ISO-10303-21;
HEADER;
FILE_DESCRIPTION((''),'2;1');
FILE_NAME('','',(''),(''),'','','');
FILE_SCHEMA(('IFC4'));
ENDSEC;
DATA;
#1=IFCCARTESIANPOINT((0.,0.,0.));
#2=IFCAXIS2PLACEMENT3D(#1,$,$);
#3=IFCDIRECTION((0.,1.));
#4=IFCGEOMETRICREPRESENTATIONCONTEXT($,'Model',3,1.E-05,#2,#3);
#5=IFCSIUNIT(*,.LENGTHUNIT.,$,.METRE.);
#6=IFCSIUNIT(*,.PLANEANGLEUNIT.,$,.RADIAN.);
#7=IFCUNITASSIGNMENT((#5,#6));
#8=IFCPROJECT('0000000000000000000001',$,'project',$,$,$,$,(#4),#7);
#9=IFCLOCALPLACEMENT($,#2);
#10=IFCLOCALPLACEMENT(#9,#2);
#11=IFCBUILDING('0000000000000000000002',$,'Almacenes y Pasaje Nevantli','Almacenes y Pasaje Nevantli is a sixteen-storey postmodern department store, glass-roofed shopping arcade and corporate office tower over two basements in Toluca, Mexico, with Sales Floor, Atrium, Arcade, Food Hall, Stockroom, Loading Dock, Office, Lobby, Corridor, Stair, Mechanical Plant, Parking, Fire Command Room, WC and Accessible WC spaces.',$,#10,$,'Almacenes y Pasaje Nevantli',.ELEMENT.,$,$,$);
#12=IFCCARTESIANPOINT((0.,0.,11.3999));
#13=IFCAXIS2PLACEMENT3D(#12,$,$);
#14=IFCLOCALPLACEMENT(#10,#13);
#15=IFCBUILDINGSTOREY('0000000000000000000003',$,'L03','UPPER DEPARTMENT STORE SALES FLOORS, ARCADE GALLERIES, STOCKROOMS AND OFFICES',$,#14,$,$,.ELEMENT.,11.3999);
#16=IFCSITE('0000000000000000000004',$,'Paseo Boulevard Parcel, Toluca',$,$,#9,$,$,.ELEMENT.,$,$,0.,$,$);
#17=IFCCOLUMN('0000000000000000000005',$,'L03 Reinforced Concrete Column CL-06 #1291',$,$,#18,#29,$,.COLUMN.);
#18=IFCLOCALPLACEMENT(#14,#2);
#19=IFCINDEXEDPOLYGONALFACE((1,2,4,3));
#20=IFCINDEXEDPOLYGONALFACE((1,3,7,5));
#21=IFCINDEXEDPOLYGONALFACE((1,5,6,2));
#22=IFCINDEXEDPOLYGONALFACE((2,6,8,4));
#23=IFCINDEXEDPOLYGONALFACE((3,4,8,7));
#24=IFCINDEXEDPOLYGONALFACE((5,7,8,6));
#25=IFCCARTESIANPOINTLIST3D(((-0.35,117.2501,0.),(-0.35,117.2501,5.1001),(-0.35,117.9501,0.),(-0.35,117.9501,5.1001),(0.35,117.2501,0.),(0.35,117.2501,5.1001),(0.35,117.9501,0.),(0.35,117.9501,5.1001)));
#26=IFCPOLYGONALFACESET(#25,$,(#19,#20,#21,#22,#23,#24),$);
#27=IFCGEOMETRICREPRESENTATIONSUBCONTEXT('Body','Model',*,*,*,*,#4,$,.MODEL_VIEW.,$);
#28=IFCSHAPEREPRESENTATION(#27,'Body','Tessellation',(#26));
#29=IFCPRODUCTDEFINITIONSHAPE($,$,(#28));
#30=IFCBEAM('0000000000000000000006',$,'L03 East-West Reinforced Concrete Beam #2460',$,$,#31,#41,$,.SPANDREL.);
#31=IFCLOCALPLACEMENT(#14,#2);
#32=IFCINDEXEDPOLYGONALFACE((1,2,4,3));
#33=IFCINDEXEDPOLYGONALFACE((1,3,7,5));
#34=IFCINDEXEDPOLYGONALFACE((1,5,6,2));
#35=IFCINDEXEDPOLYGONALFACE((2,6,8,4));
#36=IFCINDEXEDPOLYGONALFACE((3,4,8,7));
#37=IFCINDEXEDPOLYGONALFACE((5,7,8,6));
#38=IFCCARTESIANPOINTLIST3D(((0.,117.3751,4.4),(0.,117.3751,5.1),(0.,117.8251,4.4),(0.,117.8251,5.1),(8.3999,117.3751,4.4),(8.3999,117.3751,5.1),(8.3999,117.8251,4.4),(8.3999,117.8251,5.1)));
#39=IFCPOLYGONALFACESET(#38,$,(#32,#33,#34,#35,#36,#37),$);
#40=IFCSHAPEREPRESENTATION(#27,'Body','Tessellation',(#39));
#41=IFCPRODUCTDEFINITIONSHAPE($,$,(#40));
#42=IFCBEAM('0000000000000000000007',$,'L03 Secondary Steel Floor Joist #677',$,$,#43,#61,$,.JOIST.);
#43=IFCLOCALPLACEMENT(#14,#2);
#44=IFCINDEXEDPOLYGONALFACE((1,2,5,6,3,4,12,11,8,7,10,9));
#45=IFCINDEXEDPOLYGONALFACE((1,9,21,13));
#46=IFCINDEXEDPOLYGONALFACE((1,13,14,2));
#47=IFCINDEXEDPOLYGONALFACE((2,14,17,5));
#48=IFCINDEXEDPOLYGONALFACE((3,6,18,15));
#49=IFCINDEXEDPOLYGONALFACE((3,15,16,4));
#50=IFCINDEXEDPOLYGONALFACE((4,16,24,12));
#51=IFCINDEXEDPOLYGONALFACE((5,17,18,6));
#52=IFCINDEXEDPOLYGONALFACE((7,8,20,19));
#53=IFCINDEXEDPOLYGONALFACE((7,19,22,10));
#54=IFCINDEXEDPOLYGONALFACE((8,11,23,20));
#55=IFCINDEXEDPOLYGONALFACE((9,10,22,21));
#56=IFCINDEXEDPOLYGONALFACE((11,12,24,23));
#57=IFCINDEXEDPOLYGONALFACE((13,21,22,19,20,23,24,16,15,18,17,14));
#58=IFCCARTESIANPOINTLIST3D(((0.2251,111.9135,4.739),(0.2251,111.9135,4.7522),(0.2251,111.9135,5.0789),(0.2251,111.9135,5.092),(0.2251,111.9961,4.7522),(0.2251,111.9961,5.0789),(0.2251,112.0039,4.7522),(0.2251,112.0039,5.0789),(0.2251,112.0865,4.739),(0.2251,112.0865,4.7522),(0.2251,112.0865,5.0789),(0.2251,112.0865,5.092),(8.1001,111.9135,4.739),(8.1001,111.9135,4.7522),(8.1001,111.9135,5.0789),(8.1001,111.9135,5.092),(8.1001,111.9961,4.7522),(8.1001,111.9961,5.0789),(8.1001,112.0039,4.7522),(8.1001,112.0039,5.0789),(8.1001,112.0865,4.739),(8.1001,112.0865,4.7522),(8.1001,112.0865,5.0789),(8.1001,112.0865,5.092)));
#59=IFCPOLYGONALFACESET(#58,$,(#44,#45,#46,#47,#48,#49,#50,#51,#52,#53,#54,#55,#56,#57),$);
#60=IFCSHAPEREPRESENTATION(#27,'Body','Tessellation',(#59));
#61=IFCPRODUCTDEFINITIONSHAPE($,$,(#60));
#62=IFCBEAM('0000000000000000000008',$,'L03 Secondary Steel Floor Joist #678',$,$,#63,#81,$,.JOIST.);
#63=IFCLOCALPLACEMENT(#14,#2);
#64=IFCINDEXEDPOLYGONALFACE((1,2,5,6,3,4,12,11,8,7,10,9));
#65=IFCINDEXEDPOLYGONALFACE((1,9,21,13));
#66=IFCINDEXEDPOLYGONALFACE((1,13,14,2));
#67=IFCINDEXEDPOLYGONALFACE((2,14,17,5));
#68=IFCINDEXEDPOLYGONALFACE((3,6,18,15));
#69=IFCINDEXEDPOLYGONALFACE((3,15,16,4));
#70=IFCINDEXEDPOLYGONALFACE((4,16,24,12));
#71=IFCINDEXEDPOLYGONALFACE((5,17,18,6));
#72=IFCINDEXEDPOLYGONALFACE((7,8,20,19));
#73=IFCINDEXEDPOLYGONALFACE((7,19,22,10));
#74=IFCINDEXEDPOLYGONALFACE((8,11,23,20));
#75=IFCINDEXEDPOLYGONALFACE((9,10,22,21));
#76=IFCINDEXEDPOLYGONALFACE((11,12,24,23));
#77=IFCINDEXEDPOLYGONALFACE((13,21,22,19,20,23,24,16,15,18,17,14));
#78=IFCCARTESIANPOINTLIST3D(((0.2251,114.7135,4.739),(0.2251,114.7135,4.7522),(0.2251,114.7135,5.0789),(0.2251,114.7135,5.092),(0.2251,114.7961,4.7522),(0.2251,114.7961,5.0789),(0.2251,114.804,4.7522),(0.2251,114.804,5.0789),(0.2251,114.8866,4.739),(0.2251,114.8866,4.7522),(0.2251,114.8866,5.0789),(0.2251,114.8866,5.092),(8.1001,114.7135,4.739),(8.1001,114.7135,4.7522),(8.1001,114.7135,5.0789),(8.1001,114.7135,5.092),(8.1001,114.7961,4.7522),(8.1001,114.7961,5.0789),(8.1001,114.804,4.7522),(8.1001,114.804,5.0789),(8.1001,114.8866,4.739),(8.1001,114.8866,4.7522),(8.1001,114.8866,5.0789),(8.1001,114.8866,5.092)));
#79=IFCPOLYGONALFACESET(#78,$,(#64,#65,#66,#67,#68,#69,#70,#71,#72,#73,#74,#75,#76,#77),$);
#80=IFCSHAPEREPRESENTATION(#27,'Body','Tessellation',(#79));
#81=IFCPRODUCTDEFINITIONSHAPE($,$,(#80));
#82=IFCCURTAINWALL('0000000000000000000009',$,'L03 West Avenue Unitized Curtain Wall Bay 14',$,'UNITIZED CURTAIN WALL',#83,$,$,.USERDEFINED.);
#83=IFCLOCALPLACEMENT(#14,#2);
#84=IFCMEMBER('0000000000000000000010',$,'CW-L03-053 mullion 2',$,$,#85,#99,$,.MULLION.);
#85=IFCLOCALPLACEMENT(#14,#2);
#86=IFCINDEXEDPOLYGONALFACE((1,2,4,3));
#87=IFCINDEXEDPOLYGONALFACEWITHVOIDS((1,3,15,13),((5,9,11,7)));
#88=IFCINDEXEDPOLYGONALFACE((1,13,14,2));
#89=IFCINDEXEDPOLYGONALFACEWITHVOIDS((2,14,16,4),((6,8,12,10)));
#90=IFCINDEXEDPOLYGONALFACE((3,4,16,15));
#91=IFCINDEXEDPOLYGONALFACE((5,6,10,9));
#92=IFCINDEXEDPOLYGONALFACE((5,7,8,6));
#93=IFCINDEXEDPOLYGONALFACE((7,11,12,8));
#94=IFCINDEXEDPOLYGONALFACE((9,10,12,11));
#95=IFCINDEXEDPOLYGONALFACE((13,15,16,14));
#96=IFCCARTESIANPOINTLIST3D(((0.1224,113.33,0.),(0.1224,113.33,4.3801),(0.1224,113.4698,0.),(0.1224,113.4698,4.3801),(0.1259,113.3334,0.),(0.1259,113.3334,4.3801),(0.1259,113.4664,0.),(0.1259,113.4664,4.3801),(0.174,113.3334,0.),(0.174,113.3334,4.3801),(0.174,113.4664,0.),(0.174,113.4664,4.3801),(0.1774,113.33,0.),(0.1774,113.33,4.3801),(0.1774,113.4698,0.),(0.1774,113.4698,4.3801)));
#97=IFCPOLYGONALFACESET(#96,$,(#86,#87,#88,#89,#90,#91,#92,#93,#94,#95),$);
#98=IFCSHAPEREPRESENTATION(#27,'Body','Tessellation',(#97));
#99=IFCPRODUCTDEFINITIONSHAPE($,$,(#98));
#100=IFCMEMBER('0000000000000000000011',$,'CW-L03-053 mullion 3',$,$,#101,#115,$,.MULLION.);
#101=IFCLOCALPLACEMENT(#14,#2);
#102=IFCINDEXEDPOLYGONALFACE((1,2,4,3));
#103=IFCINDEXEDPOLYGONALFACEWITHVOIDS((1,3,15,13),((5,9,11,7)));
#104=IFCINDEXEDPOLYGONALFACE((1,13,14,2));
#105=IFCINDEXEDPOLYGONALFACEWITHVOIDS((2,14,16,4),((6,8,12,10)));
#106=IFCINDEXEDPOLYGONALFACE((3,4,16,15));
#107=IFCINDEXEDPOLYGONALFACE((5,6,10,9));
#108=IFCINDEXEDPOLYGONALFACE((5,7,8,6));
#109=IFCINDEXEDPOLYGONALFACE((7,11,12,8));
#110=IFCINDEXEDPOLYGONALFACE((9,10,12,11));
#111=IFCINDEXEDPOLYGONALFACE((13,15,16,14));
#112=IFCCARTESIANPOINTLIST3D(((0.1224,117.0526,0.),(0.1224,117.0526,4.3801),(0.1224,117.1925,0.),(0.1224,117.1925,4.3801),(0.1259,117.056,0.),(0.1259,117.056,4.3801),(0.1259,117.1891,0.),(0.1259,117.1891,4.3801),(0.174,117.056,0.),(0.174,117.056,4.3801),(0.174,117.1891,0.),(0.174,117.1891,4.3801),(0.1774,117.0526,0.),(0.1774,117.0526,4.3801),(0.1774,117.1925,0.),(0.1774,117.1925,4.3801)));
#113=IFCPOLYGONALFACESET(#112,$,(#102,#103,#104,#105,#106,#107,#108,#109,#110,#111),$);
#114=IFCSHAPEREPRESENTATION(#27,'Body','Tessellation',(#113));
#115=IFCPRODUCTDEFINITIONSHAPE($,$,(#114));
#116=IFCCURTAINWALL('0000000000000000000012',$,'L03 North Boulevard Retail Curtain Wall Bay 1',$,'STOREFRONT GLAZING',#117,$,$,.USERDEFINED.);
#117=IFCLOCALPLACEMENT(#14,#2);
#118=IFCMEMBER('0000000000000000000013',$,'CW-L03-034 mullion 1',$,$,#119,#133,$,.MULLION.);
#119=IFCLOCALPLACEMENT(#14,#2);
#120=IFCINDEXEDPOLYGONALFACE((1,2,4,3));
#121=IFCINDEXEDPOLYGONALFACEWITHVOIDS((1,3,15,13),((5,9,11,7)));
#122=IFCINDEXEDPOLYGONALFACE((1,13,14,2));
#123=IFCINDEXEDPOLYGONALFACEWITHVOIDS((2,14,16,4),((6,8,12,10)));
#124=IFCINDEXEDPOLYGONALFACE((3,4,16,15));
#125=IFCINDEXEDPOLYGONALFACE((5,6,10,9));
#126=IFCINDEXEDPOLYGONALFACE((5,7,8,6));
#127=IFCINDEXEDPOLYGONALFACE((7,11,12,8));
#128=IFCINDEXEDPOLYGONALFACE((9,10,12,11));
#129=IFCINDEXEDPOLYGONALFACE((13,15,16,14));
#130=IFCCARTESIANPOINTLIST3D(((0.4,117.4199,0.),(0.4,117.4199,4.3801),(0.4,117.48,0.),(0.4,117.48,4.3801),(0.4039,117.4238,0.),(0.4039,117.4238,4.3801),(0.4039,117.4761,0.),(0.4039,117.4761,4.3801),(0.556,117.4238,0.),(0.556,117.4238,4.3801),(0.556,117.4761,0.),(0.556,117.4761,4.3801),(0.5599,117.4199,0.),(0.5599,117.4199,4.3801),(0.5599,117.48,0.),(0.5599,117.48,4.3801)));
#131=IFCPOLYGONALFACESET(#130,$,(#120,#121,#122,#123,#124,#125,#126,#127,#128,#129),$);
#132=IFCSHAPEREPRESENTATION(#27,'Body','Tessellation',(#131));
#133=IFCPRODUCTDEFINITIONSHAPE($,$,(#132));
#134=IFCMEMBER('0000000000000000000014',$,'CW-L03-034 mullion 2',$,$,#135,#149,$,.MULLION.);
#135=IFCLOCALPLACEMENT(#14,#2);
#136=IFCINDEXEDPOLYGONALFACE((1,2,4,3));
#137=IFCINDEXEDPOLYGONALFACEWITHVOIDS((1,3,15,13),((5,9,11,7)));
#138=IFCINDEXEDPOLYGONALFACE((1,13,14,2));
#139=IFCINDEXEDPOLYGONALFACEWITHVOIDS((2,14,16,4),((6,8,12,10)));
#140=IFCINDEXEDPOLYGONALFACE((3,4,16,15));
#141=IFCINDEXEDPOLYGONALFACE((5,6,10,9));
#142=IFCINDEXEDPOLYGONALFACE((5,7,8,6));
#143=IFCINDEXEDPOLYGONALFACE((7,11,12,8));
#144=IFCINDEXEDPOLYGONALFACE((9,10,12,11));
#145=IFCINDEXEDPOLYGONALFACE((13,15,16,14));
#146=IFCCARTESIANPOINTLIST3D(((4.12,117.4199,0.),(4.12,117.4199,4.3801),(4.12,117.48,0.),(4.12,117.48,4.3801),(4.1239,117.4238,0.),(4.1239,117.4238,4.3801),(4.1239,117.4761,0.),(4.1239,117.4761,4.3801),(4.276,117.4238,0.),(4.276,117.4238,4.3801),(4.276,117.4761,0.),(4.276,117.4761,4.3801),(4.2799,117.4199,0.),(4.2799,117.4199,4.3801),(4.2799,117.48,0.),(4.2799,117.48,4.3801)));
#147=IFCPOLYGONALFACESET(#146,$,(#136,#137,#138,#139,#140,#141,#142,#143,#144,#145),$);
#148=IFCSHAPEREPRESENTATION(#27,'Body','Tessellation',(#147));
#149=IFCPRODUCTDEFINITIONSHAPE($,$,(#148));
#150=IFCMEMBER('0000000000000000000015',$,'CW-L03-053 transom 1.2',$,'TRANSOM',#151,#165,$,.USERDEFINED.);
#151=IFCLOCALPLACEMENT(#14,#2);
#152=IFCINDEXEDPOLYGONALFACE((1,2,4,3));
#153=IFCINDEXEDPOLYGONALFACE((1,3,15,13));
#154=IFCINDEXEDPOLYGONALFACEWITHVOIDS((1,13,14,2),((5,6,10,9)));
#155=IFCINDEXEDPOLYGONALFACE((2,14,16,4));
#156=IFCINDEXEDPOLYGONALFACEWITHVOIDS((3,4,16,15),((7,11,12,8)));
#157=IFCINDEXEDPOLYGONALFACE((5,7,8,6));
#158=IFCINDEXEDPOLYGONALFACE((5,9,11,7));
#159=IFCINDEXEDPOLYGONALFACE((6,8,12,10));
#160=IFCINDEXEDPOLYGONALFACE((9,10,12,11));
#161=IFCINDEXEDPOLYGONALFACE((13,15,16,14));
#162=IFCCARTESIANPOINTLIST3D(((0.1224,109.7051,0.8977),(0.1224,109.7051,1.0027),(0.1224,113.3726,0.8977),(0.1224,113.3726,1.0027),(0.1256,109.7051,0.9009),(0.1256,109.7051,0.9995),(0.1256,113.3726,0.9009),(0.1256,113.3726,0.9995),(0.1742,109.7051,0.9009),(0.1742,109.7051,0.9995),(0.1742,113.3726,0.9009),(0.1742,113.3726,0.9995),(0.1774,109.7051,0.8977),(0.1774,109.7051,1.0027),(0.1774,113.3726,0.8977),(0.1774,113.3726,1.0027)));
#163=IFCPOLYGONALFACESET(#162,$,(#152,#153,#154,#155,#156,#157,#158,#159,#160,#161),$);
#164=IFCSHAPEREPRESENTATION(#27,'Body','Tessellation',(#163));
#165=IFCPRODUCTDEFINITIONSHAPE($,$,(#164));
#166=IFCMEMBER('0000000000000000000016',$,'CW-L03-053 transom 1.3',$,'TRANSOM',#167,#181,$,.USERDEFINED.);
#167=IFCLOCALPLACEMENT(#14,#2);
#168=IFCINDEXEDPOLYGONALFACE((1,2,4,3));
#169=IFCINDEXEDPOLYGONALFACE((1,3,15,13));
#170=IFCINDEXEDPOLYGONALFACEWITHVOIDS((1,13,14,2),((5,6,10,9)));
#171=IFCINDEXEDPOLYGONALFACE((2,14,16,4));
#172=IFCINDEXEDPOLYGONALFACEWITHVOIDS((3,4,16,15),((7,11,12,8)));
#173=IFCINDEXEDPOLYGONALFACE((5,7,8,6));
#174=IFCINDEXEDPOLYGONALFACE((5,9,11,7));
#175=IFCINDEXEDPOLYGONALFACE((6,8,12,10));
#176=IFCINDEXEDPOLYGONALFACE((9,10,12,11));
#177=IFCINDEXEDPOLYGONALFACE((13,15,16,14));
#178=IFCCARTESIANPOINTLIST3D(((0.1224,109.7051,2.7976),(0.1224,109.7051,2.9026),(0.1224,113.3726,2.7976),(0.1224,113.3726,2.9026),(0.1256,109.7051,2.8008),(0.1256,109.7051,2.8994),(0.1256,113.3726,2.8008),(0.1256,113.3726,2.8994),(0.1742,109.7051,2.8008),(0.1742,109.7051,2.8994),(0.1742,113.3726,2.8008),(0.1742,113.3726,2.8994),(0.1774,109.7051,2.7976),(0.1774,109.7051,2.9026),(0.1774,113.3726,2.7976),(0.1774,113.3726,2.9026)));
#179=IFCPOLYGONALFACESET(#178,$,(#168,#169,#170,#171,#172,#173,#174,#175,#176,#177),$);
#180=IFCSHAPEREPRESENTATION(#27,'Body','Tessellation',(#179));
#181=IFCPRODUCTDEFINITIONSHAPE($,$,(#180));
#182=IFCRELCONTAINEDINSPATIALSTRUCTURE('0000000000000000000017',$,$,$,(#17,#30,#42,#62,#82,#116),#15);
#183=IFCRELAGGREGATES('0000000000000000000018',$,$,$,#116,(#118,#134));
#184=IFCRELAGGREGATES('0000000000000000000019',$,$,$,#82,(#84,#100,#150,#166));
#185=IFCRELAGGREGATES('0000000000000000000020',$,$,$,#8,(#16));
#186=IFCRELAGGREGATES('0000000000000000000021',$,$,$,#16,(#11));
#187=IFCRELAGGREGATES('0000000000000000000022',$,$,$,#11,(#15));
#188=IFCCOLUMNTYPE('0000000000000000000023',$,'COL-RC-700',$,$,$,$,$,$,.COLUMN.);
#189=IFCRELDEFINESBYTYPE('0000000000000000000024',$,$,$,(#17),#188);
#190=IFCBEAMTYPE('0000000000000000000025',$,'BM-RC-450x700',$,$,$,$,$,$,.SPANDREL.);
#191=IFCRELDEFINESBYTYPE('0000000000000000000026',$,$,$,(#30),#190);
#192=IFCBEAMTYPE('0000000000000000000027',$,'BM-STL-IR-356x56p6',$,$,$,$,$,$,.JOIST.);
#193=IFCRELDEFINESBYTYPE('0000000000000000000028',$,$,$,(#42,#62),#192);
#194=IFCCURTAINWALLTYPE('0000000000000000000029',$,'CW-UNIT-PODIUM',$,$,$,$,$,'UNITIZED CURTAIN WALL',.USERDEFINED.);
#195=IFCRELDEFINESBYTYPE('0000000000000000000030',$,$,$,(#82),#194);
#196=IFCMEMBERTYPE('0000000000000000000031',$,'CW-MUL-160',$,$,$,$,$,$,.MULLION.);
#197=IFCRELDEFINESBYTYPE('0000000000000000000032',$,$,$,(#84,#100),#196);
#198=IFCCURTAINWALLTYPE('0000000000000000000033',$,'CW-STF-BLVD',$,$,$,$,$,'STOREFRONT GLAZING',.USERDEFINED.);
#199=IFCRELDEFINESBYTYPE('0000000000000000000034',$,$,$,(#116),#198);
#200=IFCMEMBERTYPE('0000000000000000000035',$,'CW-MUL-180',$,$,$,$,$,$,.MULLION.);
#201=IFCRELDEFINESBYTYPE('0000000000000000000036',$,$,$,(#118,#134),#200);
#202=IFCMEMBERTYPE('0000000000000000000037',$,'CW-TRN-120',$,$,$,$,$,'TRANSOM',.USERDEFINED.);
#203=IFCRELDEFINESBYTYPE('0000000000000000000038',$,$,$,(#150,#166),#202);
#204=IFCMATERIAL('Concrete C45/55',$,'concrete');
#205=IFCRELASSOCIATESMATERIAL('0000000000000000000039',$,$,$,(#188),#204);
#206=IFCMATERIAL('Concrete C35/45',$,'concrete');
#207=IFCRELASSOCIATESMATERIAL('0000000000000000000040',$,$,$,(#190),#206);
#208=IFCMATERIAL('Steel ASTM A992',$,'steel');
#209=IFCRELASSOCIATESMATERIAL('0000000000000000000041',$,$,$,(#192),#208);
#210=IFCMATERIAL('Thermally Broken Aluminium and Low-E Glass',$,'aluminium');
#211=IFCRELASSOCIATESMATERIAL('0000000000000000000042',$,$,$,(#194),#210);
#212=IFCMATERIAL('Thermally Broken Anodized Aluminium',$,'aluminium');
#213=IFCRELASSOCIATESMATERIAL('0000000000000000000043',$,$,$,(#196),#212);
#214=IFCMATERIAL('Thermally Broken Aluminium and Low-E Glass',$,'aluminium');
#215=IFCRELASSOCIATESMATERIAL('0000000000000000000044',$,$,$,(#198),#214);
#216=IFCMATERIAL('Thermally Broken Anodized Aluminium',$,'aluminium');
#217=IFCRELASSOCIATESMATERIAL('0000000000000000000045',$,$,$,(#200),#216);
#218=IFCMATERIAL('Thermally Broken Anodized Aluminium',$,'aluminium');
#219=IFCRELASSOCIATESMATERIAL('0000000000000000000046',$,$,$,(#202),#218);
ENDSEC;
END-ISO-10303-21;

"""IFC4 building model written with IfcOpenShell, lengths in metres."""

from ifc_helpers import new_model, si_unit, direction, frame, origin, origin_2d, place, context, subcontext, project, spatial, rectangle, hollow_rectangle, i_section, extrude, material, material_profile, profile_set, type_object, element, aggregate, save


model = new_model("IFC4")

# Units and contexts
model_context = context("Model", 3, precision=1e-05, world=origin(), true_north=direction((0.0, 1.0)))
body_context = subcontext(model_context, "Body", "Model", "MODEL_VIEW")
ifc_project = project(units=[si_unit("LENGTHUNIT", "METRE"), si_unit("PLANEANGLEUNIT", "RADIAN")], contexts=[model_context])

# Site, building, storey
site_placement = place(None, origin())
site = spatial("IfcSite", under=ifc_project, at=site_placement, Name="Paseo Boulevard Parcel, Toluca", CompositionType="ELEMENT", RefElevation=0.0)
building_placement = place(site_placement, origin())
building = spatial("IfcBuilding", under=site, at=building_placement, Name="Almacenes y Pasaje Nevantli", Description="Almacenes y Pasaje Nevantli is a sixteen-storey postmodern department store, glass-roofed shopping arcade and corporate office tower over two basements in Toluca, Mexico, with Sales Floor, Atrium, Arcade, Food Hall, Stockroom, Loading Dock, Office, Lobby, Corridor, Stair, Mechanical Plant, Parking, Fire Command Room, WC and Accessible WC spaces.", LongName="Almacenes y Pasaje Nevantli", CompositionType="ELEMENT")
storey_placement = place(building_placement, frame((0.0, 0.0, 11.3999)))
storey = spatial("IfcBuildingStorey", under=building, at=storey_placement, Name="L03", Description="UPPER DEPARTMENT STORE SALES FLOORS, ARCADE GALLERIES, STOCKROOMS AND OFFICES", CompositionType="ELEMENT", Elevation=11.3999)

# Column
ifc_material_1 = material(Name="Concrete C45/55", Category="concrete")
ifc_material_profile_1 = material_profile(ifc_material_1, rectangle(XDim=0.7, YDim=0.7, at=origin_2d()), Name="RC-COL-700x700")
ifc_profile_set_1 = profile_set([ifc_material_profile_1], Name="Concrete C45/55")
column_type = type_object("IfcColumnType", Name="COL-RC-700", PredefinedType="COLUMN", material=ifc_profile_set_1)
column_placement = place(storey_placement, frame((0.0, 117.6001, 0.0), z_axis=(0.0, 0.0, 1.0), x_axis=(1.0, 0.0, 0.0)))
element("IfcColumn", 1, at=column_placement, inside=storey, type_object=column_type, Name="L03 Reinforced Concrete Column CL-06 #1291", PredefinedType="COLUMN", context=body_context, shape_type="SweptSolid", body=[
    extrude(rectangle(XDim=0.7, YDim=0.7, at=origin_2d()), origin(), (0.0, 0.0, 1.0), 5.1001),
])

# Beams
ifc_material_2 = material(Name="Concrete C35/45", Category="concrete")
ifc_material_profile_2 = material_profile(ifc_material_2, rectangle(XDim=0.45, YDim=0.7, at=origin_2d()), Name="RC-BM-450x700")
ifc_profile_set_2 = profile_set([ifc_material_profile_2], Name="Concrete C35/45")
beam_type_1 = type_object("IfcBeamType", Name="BM-RC-450x700", PredefinedType="SPANDREL", material=ifc_profile_set_2)
beam_placement = place(storey_placement, frame((0.0, 117.6001, 4.75), z_axis=(1.0, 0.0, 0.0), x_axis=(0.0, 1.0, 0.0)))
element("IfcBeam", 2, at=beam_placement, inside=storey, type_object=beam_type_1, Name="L03 East-West Reinforced Concrete Beam #2460", PredefinedType="SPANDREL", context=body_context, shape_type="SweptSolid", body=[
    extrude(rectangle(XDim=0.45, YDim=0.7, at=origin_2d()), origin(), (0.0, 0.0, 1.0), 8.3999),
])
ifc_material_3 = material(Name="Steel ASTM A992", Category="steel")
ifc_material_profile_3 = material_profile(ifc_material_3, i_section(OverallWidth=0.1731, OverallDepth=0.353, WebThickness=0.0078, FlangeThickness=0.0132, at=origin_2d()), Name="IR 356x56.6")
ifc_profile_set_3 = profile_set([ifc_material_profile_3], Name="Steel ASTM A992")
beam_type_2 = type_object("IfcBeamType", Name="BM-STL-IR-356x56p6", PredefinedType="JOIST", material=ifc_profile_set_3)
for number, where, z_axis, x_axis, name in (
    (3, (0.2251, 112.0, 4.9155), (1.0, 0.0, 0.0), (0.0, 1.0, 0.0), "L03 Secondary Steel Floor Joist #677"),
    (4, (0.2251, 114.8, 4.9155), (1.0, 0.0, 0.0), (0.0, 1.0, 0.0), "L03 Secondary Steel Floor Joist #678"),
):
    element("IfcBeam", number, at=place(storey_placement, frame(where, z_axis=z_axis, x_axis=x_axis)), inside=storey, type_object=beam_type_2, Name=name, PredefinedType="JOIST", context=body_context, shape_type="SweptSolid", body=[
        extrude(i_section(OverallWidth=0.1731, OverallDepth=0.353, WebThickness=0.0078, FlangeThickness=0.0132, at=origin_2d()), origin(), (0.0, 0.0, 1.0), 7.875),
    ])

# Curtain walls, members
ifc_material_4 = material(Name="Thermally Broken Aluminium and Low-E Glass", Category="aluminium")
curtain_wall_type_1 = type_object("IfcCurtainWallType", Name="CW-UNIT-PODIUM", ElementType="UNITIZED CURTAIN WALL", PredefinedType="USERDEFINED", material=ifc_material_4)
curtain_wall_1_placement = place(storey_placement, origin())
curtain_wall_1 = element("IfcCurtainWall", 5, at=curtain_wall_1_placement, inside=storey, type_object=curtain_wall_type_1, Name="L03 West Avenue Unitized Curtain Wall Bay 14", ObjectType="UNITIZED CURTAIN WALL", PredefinedType="USERDEFINED")
ifc_material_5 = material(Name="Thermally Broken Anodized Aluminium", Category="aluminium")
ifc_material_profile_4 = material_profile(ifc_material_5, hollow_rectangle(XDim=0.0549, YDim=0.1399, WallThickness=0.0034, at=origin_2d()), Name="ALU-MUL-55x140")
ifc_profile_set_4 = profile_set([ifc_material_profile_4], Name="Thermally Broken Anodized Aluminium")
member_type_1 = type_object("IfcMemberType", Name="CW-MUL-160", PredefinedType="MULLION", material=ifc_profile_set_4)
member_1_placement = place(storey_placement, frame((0.1499, 113.3999, 0.0), z_axis=(0.0, 0.0, 1.0), x_axis=(-1.0, 0.0, 0.0)))
member_1 = element("IfcMember", 6, at=member_1_placement, type_object=member_type_1, Name="CW-L03-053 mullion 2", PredefinedType="MULLION", context=body_context, shape_type="SweptSolid", body=[
    extrude(hollow_rectangle(XDim=0.0549, YDim=0.1399, WallThickness=0.0034, at=origin_2d()), origin(), (0.0, 0.0, 1.0), 4.3801),
])
member_2_placement = place(storey_placement, frame((0.1499, 117.1226, 0.0), z_axis=(0.0, 0.0, 1.0), x_axis=(-1.0, 0.0, 0.0)))
member_2 = element("IfcMember", 7, at=member_2_placement, type_object=member_type_1, Name="CW-L03-053 mullion 3", PredefinedType="MULLION", context=body_context, shape_type="SweptSolid", body=[
    extrude(hollow_rectangle(XDim=0.0549, YDim=0.1399, WallThickness=0.0034, at=origin_2d()), origin(), (0.0, 0.0, 1.0), 4.3801),
])
ifc_material_6 = material(Name="Thermally Broken Aluminium and Low-E Glass", Category="aluminium")
curtain_wall_type_2 = type_object("IfcCurtainWallType", Name="CW-STF-BLVD", ElementType="STOREFRONT GLAZING", PredefinedType="USERDEFINED", material=ifc_material_6)
curtain_wall_2_placement = place(storey_placement, origin())
curtain_wall_2 = element("IfcCurtainWall", 8, at=curtain_wall_2_placement, inside=storey, type_object=curtain_wall_type_2, Name="L03 North Boulevard Retail Curtain Wall Bay 1", ObjectType="STOREFRONT GLAZING", PredefinedType="USERDEFINED")
ifc_material_7 = material(Name="Thermally Broken Anodized Aluminium", Category="aluminium")
ifc_material_profile_5 = material_profile(ifc_material_7, hollow_rectangle(XDim=0.0601, YDim=0.1599, WallThickness=0.0039, at=origin_2d()), Name="ALU-MUL-60x160")
ifc_profile_set_5 = profile_set([ifc_material_profile_5], Name="Thermally Broken Anodized Aluminium")
member_type_2 = type_object("IfcMemberType", Name="CW-MUL-180", PredefinedType="MULLION", material=ifc_profile_set_5)
member_3_placement = place(storey_placement, frame((0.48, 117.45, 0.0), z_axis=(0.0, 0.0, 1.0), x_axis=(0.0, 1.0, 0.0)))
member_3 = element("IfcMember", 9, at=member_3_placement, type_object=member_type_2, Name="CW-L03-034 mullion 1", PredefinedType="MULLION", context=body_context, shape_type="SweptSolid", body=[
    extrude(hollow_rectangle(XDim=0.0601, YDim=0.1599, WallThickness=0.0039, at=origin_2d()), origin(), (0.0, 0.0, 1.0), 4.3801),
])
member_4_placement = place(storey_placement, frame((4.2, 117.45, 0.0), z_axis=(0.0, 0.0, 1.0), x_axis=(0.0, 1.0, 0.0)))
member_4 = element("IfcMember", 10, at=member_4_placement, type_object=member_type_2, Name="CW-L03-034 mullion 2", PredefinedType="MULLION", context=body_context, shape_type="SweptSolid", body=[
    extrude(hollow_rectangle(XDim=0.0601, YDim=0.1599, WallThickness=0.0039, at=origin_2d()), origin(), (0.0, 0.0, 1.0), 4.3801),
])

# Members
ifc_material_8 = material(Name="Thermally Broken Anodized Aluminium", Category="aluminium")
ifc_material_profile_6 = material_profile(ifc_material_8, hollow_rectangle(XDim=0.0549, YDim=0.105, WallThickness=0.0032, at=origin_2d()), Name="ALU-TRN-55x105")
ifc_profile_set_6 = profile_set([ifc_material_profile_6], Name="Thermally Broken Anodized Aluminium")
member_type_3 = type_object("IfcMemberType", Name="CW-TRN-120", ElementType="TRANSOM", PredefinedType="USERDEFINED", material=ifc_profile_set_6)
member_5_placement = place(storey_placement, frame((0.1499, 109.7051, 0.9502), z_axis=(0.0, 1.0, 0.0), x_axis=(-1.0, 0.0, 0.0)))
member_5 = element("IfcMember", 11, at=member_5_placement, type_object=member_type_3, Name="CW-L03-053 transom 1.2", ObjectType="TRANSOM", PredefinedType="USERDEFINED", context=body_context, shape_type="SweptSolid", body=[
    extrude(hollow_rectangle(XDim=0.0549, YDim=0.105, WallThickness=0.0032, at=origin_2d()), origin(), (0.0, 0.0, 1.0), 3.6675),
])
member_6_placement = place(storey_placement, frame((0.1499, 109.7051, 2.8501), z_axis=(0.0, 1.0, 0.0), x_axis=(-1.0, 0.0, 0.0)))
member_6 = element("IfcMember", 12, at=member_6_placement, type_object=member_type_3, Name="CW-L03-053 transom 1.3", ObjectType="TRANSOM", PredefinedType="USERDEFINED", context=body_context, shape_type="SweptSolid", body=[
    extrude(hollow_rectangle(XDim=0.0549, YDim=0.105, WallThickness=0.0032, at=origin_2d()), origin(), (0.0, 0.0, 1.0), 3.6675),
])

aggregate(curtain_wall_2, [member_3, member_4])
aggregate(curtain_wall_1, [member_1, member_2, member_5, member_6])

save(model, "model.ifc")
